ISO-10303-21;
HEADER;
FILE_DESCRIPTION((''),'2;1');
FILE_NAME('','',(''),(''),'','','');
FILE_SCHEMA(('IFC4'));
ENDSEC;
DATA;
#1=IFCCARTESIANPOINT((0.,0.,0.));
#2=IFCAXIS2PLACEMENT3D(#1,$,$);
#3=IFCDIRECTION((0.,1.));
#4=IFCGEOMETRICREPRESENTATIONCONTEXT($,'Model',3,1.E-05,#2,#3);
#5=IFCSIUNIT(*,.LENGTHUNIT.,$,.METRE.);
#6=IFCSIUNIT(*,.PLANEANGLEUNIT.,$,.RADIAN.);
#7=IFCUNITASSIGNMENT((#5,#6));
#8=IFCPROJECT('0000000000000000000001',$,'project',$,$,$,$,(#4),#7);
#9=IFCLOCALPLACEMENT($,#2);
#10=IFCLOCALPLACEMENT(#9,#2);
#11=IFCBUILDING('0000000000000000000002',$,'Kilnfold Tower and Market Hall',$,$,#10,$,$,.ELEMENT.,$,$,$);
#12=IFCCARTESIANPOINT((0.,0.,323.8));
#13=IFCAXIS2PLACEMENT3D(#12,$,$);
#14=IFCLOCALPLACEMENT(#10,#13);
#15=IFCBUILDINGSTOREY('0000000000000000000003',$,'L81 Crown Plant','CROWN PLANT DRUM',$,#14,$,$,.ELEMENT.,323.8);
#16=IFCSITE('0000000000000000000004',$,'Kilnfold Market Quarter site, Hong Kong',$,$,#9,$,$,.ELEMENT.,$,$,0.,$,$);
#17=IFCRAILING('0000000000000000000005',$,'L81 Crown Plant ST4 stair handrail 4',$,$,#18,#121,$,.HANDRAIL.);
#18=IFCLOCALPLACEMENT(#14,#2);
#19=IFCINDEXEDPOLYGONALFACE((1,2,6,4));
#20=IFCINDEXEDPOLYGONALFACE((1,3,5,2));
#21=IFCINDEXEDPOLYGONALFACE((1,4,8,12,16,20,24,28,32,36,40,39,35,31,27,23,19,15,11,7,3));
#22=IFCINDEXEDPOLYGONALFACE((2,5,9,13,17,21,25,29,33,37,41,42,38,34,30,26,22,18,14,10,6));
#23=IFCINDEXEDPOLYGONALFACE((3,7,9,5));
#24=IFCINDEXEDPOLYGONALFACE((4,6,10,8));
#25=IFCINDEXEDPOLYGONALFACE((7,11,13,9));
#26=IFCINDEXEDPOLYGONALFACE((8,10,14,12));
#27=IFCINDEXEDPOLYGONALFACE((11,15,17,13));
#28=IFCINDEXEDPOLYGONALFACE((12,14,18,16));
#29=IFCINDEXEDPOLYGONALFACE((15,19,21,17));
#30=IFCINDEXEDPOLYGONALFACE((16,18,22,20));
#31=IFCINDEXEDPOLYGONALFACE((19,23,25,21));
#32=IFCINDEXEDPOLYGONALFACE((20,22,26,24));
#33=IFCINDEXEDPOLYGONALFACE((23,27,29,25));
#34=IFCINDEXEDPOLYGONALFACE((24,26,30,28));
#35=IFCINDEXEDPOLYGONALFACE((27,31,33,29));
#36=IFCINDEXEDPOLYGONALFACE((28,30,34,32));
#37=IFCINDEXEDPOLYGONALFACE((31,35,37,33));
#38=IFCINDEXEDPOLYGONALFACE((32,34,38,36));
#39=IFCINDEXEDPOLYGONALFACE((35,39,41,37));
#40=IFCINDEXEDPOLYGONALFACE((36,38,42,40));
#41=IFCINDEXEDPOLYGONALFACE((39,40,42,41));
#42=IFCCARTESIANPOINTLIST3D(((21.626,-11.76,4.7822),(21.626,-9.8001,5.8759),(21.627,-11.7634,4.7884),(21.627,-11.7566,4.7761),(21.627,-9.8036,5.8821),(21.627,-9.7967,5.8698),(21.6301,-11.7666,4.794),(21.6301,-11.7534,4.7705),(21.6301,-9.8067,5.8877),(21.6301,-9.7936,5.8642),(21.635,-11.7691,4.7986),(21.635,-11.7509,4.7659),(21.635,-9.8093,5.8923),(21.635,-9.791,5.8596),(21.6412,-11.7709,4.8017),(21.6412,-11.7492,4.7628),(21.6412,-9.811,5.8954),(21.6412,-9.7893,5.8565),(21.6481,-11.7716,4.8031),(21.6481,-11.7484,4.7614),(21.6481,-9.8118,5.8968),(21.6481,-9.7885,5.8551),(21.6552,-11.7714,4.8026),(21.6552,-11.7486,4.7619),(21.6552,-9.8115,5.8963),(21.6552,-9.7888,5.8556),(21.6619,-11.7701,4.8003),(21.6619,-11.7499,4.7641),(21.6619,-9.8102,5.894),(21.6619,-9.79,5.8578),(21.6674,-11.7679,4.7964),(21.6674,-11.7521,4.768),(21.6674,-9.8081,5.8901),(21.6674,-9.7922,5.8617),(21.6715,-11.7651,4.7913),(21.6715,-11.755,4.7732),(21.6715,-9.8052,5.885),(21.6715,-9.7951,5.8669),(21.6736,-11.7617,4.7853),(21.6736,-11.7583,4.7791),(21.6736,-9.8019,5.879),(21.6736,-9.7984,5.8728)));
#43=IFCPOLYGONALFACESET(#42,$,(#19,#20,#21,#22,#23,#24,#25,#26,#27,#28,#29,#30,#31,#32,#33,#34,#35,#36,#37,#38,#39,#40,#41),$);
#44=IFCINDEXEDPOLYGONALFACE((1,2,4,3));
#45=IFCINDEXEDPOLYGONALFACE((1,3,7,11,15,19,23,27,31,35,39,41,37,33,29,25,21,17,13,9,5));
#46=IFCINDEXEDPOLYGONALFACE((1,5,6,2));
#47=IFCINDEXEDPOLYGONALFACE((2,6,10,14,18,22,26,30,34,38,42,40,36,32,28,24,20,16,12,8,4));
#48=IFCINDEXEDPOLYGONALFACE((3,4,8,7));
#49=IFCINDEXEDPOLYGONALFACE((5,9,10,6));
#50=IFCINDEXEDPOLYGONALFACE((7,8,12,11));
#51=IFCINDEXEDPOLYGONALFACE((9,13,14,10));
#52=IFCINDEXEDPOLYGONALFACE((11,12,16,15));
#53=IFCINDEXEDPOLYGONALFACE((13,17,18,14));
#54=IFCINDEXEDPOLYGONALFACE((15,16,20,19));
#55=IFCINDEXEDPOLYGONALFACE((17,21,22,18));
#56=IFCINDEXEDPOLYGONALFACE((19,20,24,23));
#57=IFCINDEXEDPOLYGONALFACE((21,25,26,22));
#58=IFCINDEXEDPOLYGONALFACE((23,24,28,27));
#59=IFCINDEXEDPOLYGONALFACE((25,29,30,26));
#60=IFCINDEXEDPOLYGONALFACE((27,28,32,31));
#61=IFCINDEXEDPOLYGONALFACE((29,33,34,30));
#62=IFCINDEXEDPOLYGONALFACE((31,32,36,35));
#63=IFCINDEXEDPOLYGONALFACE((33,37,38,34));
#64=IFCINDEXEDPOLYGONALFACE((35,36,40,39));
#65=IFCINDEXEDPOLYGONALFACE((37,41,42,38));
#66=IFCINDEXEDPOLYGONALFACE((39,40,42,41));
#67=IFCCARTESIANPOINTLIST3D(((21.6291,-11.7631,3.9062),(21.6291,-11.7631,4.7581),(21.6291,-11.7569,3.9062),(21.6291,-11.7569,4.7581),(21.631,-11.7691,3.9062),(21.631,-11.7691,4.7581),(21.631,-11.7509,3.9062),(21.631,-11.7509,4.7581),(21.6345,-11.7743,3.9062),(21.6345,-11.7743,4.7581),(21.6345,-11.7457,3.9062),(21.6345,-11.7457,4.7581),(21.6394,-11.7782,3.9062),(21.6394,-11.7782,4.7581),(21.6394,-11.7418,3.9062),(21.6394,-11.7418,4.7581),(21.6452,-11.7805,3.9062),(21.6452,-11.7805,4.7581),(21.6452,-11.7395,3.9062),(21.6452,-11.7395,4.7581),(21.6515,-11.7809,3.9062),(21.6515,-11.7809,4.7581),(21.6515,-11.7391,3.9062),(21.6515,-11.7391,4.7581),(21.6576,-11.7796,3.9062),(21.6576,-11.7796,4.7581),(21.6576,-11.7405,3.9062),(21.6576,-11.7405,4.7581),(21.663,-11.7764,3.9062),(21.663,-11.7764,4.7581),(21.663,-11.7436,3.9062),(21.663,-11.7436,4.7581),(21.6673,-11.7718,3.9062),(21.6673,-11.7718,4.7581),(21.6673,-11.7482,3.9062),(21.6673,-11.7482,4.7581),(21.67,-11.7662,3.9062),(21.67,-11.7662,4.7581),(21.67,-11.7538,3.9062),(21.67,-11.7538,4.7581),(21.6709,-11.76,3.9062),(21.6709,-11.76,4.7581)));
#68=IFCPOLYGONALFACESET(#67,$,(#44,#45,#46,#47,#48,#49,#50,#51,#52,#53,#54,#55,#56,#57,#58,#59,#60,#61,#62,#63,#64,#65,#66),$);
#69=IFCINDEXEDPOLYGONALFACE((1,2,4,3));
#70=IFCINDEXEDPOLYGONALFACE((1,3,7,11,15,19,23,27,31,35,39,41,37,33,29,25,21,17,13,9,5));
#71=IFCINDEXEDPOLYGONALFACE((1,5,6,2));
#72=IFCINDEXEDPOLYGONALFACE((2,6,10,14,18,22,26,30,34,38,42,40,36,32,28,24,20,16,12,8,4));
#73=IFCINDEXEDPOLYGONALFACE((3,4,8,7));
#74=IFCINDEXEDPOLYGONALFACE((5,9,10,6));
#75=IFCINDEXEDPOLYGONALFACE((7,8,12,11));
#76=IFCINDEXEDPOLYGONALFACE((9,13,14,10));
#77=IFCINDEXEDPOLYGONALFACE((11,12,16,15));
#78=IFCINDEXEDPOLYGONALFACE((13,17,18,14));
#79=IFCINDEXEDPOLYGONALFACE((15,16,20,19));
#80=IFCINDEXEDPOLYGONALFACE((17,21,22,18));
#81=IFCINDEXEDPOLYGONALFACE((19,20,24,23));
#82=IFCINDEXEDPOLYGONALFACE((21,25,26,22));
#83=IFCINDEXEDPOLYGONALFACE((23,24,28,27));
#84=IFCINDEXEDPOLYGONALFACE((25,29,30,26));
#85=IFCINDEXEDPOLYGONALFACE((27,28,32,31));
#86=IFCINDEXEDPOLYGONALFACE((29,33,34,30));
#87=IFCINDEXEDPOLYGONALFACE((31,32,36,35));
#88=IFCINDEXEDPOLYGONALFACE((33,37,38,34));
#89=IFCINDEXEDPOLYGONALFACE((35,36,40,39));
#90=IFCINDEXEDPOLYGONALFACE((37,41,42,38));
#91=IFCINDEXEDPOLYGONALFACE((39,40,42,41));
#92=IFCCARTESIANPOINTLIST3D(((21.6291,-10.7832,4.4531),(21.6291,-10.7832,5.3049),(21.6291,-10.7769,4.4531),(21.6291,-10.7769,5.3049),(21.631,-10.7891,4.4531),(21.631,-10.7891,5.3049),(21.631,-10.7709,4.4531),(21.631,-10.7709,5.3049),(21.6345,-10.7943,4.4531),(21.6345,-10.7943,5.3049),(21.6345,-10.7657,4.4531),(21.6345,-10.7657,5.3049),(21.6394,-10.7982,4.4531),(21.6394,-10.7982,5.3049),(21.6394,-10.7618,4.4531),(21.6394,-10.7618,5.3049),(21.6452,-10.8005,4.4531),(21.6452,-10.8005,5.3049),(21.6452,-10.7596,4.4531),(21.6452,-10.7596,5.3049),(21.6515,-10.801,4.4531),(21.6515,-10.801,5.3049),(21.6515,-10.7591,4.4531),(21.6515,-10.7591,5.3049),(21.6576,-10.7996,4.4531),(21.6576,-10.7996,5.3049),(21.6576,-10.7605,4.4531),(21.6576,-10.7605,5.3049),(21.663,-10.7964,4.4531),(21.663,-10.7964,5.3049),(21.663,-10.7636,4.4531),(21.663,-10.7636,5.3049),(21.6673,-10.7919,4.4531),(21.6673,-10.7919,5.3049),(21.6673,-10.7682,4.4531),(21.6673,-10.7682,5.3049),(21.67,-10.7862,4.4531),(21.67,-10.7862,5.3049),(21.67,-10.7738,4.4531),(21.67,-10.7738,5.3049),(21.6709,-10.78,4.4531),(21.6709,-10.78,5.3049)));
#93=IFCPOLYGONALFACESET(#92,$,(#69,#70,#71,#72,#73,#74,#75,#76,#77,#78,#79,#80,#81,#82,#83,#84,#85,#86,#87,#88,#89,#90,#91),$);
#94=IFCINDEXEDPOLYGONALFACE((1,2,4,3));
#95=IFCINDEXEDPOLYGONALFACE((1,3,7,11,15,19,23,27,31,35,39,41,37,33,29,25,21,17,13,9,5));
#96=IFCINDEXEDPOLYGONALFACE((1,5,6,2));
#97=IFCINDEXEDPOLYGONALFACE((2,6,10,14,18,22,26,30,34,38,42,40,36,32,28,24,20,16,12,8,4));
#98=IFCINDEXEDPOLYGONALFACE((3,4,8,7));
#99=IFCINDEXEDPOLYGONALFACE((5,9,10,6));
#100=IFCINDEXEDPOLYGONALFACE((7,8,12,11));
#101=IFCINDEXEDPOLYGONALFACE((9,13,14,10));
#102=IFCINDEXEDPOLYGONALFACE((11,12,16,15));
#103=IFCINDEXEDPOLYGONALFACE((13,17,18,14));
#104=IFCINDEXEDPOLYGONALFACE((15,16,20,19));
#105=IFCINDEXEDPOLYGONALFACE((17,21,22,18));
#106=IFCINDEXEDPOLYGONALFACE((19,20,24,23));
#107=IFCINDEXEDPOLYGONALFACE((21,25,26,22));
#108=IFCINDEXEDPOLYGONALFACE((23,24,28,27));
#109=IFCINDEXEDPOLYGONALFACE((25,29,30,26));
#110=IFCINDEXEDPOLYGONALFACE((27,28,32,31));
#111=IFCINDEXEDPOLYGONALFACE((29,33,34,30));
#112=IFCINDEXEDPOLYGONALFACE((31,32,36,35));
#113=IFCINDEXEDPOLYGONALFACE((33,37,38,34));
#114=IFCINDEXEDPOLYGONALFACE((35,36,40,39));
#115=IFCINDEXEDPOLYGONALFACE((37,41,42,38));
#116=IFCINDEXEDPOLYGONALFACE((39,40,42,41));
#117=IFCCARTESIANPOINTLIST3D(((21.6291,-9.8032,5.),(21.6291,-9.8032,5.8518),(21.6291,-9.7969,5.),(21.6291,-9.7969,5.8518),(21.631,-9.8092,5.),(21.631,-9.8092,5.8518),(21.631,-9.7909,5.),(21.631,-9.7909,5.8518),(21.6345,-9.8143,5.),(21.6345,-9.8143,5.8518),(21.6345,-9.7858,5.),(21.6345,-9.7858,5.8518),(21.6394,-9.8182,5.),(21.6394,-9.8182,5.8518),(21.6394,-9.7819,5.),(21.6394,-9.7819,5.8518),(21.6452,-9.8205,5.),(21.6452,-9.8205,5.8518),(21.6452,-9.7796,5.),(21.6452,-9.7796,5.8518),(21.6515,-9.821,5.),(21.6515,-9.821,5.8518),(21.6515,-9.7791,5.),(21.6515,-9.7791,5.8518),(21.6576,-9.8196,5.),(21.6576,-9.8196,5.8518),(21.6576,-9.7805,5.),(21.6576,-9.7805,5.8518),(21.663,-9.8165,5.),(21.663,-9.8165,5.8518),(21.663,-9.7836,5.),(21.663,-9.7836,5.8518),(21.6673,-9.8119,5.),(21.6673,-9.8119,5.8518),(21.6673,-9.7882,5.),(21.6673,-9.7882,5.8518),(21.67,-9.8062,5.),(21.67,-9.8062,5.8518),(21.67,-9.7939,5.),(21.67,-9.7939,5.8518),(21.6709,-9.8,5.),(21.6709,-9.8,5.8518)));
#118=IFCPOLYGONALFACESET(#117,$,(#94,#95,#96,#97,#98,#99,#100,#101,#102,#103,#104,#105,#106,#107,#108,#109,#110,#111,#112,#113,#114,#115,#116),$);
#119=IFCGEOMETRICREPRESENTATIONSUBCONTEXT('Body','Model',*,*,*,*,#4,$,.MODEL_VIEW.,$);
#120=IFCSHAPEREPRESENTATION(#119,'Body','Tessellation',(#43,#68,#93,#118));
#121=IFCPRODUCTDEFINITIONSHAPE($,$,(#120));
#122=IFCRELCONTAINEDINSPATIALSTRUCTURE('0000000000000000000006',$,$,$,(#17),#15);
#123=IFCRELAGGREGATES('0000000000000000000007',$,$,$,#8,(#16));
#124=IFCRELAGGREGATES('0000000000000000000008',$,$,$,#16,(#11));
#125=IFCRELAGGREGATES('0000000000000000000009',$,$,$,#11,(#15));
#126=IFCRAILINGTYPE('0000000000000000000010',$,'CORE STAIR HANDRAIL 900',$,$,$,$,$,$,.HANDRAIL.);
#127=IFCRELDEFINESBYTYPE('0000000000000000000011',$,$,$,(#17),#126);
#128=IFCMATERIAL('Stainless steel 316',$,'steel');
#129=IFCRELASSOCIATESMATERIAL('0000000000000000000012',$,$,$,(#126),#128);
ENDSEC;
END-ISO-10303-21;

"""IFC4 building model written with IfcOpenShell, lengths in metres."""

from ifc_helpers import new_model, si_unit, direction, frame, origin, origin_2d, place, context, subcontext, project, spatial, circle, extrude, material, type_object, element, save


model = new_model("IFC4")

# Units and contexts
model_context = context("Model", 3, precision=1e-05, world=origin(), true_north=direction((0.0, 1.0)))
body_context = subcontext(model_context, "Body", "Model", "MODEL_VIEW")
ifc_project = project(units=[si_unit("LENGTHUNIT", "METRE"), si_unit("PLANEANGLEUNIT", "RADIAN")], contexts=[model_context])

# Site, building, storey
site_placement = place(None, origin())
site = spatial("IfcSite", under=ifc_project, at=site_placement, Name="Kilnfold Market Quarter site, Hong Kong", CompositionType="ELEMENT", RefElevation=0.0)
building_placement = place(site_placement, origin())
building = spatial("IfcBuilding", under=site, at=building_placement, Name="Kilnfold Tower and Market Hall", CompositionType="ELEMENT")
storey_placement = place(building_placement, frame((0.0, 0.0, 323.8)))
storey = spatial("IfcBuildingStorey", under=building, at=storey_placement, Name="L81 Crown Plant", Description="CROWN PLANT DRUM", CompositionType="ELEMENT", Elevation=323.8)

# Railing
ifc_material_1 = material(Name="Stainless steel 316", Category="steel")
railing_type_1 = type_object("IfcRailingType", Name="CORE STAIR HANDRAIL 900", PredefinedType="HANDRAIL", material=ifc_material_1)
railing_1_placement = place(storey_placement, frame((21.6499, -11.76, 3.9062)))
element("IfcRailing", 1, at=railing_1_placement, inside=storey, type_object=railing_type_1, Name="L81 Crown Plant ST4 stair handrail 4", PredefinedType="HANDRAIL", context=body_context, shape_type="SweptSolid", body=[
    extrude(circle(Radius=0.0239, at=origin_2d()), frame((0.0, 0.0, 0.876), z_axis=(0.0, 0.873232, 0.487304), x_axis=(-1.0, 0.0, 0.0)), (0.0, 0.0, 1.0), 2.2444),
    extrude(circle(Radius=0.021, at=origin_2d()), origin(), (0.0, 0.0, 1.0), 0.8518),
    extrude(circle(Radius=0.021, at=origin_2d()), frame((0.0, 0.98, 0.5469)), (0.0, 0.0, 1.0), 0.8518),
    extrude(circle(Radius=0.021, at=origin_2d()), frame((0.0, 1.96, 1.0938)), (0.0, 0.0, 1.0), 0.8518),
])

save(model, "model.ifc")
